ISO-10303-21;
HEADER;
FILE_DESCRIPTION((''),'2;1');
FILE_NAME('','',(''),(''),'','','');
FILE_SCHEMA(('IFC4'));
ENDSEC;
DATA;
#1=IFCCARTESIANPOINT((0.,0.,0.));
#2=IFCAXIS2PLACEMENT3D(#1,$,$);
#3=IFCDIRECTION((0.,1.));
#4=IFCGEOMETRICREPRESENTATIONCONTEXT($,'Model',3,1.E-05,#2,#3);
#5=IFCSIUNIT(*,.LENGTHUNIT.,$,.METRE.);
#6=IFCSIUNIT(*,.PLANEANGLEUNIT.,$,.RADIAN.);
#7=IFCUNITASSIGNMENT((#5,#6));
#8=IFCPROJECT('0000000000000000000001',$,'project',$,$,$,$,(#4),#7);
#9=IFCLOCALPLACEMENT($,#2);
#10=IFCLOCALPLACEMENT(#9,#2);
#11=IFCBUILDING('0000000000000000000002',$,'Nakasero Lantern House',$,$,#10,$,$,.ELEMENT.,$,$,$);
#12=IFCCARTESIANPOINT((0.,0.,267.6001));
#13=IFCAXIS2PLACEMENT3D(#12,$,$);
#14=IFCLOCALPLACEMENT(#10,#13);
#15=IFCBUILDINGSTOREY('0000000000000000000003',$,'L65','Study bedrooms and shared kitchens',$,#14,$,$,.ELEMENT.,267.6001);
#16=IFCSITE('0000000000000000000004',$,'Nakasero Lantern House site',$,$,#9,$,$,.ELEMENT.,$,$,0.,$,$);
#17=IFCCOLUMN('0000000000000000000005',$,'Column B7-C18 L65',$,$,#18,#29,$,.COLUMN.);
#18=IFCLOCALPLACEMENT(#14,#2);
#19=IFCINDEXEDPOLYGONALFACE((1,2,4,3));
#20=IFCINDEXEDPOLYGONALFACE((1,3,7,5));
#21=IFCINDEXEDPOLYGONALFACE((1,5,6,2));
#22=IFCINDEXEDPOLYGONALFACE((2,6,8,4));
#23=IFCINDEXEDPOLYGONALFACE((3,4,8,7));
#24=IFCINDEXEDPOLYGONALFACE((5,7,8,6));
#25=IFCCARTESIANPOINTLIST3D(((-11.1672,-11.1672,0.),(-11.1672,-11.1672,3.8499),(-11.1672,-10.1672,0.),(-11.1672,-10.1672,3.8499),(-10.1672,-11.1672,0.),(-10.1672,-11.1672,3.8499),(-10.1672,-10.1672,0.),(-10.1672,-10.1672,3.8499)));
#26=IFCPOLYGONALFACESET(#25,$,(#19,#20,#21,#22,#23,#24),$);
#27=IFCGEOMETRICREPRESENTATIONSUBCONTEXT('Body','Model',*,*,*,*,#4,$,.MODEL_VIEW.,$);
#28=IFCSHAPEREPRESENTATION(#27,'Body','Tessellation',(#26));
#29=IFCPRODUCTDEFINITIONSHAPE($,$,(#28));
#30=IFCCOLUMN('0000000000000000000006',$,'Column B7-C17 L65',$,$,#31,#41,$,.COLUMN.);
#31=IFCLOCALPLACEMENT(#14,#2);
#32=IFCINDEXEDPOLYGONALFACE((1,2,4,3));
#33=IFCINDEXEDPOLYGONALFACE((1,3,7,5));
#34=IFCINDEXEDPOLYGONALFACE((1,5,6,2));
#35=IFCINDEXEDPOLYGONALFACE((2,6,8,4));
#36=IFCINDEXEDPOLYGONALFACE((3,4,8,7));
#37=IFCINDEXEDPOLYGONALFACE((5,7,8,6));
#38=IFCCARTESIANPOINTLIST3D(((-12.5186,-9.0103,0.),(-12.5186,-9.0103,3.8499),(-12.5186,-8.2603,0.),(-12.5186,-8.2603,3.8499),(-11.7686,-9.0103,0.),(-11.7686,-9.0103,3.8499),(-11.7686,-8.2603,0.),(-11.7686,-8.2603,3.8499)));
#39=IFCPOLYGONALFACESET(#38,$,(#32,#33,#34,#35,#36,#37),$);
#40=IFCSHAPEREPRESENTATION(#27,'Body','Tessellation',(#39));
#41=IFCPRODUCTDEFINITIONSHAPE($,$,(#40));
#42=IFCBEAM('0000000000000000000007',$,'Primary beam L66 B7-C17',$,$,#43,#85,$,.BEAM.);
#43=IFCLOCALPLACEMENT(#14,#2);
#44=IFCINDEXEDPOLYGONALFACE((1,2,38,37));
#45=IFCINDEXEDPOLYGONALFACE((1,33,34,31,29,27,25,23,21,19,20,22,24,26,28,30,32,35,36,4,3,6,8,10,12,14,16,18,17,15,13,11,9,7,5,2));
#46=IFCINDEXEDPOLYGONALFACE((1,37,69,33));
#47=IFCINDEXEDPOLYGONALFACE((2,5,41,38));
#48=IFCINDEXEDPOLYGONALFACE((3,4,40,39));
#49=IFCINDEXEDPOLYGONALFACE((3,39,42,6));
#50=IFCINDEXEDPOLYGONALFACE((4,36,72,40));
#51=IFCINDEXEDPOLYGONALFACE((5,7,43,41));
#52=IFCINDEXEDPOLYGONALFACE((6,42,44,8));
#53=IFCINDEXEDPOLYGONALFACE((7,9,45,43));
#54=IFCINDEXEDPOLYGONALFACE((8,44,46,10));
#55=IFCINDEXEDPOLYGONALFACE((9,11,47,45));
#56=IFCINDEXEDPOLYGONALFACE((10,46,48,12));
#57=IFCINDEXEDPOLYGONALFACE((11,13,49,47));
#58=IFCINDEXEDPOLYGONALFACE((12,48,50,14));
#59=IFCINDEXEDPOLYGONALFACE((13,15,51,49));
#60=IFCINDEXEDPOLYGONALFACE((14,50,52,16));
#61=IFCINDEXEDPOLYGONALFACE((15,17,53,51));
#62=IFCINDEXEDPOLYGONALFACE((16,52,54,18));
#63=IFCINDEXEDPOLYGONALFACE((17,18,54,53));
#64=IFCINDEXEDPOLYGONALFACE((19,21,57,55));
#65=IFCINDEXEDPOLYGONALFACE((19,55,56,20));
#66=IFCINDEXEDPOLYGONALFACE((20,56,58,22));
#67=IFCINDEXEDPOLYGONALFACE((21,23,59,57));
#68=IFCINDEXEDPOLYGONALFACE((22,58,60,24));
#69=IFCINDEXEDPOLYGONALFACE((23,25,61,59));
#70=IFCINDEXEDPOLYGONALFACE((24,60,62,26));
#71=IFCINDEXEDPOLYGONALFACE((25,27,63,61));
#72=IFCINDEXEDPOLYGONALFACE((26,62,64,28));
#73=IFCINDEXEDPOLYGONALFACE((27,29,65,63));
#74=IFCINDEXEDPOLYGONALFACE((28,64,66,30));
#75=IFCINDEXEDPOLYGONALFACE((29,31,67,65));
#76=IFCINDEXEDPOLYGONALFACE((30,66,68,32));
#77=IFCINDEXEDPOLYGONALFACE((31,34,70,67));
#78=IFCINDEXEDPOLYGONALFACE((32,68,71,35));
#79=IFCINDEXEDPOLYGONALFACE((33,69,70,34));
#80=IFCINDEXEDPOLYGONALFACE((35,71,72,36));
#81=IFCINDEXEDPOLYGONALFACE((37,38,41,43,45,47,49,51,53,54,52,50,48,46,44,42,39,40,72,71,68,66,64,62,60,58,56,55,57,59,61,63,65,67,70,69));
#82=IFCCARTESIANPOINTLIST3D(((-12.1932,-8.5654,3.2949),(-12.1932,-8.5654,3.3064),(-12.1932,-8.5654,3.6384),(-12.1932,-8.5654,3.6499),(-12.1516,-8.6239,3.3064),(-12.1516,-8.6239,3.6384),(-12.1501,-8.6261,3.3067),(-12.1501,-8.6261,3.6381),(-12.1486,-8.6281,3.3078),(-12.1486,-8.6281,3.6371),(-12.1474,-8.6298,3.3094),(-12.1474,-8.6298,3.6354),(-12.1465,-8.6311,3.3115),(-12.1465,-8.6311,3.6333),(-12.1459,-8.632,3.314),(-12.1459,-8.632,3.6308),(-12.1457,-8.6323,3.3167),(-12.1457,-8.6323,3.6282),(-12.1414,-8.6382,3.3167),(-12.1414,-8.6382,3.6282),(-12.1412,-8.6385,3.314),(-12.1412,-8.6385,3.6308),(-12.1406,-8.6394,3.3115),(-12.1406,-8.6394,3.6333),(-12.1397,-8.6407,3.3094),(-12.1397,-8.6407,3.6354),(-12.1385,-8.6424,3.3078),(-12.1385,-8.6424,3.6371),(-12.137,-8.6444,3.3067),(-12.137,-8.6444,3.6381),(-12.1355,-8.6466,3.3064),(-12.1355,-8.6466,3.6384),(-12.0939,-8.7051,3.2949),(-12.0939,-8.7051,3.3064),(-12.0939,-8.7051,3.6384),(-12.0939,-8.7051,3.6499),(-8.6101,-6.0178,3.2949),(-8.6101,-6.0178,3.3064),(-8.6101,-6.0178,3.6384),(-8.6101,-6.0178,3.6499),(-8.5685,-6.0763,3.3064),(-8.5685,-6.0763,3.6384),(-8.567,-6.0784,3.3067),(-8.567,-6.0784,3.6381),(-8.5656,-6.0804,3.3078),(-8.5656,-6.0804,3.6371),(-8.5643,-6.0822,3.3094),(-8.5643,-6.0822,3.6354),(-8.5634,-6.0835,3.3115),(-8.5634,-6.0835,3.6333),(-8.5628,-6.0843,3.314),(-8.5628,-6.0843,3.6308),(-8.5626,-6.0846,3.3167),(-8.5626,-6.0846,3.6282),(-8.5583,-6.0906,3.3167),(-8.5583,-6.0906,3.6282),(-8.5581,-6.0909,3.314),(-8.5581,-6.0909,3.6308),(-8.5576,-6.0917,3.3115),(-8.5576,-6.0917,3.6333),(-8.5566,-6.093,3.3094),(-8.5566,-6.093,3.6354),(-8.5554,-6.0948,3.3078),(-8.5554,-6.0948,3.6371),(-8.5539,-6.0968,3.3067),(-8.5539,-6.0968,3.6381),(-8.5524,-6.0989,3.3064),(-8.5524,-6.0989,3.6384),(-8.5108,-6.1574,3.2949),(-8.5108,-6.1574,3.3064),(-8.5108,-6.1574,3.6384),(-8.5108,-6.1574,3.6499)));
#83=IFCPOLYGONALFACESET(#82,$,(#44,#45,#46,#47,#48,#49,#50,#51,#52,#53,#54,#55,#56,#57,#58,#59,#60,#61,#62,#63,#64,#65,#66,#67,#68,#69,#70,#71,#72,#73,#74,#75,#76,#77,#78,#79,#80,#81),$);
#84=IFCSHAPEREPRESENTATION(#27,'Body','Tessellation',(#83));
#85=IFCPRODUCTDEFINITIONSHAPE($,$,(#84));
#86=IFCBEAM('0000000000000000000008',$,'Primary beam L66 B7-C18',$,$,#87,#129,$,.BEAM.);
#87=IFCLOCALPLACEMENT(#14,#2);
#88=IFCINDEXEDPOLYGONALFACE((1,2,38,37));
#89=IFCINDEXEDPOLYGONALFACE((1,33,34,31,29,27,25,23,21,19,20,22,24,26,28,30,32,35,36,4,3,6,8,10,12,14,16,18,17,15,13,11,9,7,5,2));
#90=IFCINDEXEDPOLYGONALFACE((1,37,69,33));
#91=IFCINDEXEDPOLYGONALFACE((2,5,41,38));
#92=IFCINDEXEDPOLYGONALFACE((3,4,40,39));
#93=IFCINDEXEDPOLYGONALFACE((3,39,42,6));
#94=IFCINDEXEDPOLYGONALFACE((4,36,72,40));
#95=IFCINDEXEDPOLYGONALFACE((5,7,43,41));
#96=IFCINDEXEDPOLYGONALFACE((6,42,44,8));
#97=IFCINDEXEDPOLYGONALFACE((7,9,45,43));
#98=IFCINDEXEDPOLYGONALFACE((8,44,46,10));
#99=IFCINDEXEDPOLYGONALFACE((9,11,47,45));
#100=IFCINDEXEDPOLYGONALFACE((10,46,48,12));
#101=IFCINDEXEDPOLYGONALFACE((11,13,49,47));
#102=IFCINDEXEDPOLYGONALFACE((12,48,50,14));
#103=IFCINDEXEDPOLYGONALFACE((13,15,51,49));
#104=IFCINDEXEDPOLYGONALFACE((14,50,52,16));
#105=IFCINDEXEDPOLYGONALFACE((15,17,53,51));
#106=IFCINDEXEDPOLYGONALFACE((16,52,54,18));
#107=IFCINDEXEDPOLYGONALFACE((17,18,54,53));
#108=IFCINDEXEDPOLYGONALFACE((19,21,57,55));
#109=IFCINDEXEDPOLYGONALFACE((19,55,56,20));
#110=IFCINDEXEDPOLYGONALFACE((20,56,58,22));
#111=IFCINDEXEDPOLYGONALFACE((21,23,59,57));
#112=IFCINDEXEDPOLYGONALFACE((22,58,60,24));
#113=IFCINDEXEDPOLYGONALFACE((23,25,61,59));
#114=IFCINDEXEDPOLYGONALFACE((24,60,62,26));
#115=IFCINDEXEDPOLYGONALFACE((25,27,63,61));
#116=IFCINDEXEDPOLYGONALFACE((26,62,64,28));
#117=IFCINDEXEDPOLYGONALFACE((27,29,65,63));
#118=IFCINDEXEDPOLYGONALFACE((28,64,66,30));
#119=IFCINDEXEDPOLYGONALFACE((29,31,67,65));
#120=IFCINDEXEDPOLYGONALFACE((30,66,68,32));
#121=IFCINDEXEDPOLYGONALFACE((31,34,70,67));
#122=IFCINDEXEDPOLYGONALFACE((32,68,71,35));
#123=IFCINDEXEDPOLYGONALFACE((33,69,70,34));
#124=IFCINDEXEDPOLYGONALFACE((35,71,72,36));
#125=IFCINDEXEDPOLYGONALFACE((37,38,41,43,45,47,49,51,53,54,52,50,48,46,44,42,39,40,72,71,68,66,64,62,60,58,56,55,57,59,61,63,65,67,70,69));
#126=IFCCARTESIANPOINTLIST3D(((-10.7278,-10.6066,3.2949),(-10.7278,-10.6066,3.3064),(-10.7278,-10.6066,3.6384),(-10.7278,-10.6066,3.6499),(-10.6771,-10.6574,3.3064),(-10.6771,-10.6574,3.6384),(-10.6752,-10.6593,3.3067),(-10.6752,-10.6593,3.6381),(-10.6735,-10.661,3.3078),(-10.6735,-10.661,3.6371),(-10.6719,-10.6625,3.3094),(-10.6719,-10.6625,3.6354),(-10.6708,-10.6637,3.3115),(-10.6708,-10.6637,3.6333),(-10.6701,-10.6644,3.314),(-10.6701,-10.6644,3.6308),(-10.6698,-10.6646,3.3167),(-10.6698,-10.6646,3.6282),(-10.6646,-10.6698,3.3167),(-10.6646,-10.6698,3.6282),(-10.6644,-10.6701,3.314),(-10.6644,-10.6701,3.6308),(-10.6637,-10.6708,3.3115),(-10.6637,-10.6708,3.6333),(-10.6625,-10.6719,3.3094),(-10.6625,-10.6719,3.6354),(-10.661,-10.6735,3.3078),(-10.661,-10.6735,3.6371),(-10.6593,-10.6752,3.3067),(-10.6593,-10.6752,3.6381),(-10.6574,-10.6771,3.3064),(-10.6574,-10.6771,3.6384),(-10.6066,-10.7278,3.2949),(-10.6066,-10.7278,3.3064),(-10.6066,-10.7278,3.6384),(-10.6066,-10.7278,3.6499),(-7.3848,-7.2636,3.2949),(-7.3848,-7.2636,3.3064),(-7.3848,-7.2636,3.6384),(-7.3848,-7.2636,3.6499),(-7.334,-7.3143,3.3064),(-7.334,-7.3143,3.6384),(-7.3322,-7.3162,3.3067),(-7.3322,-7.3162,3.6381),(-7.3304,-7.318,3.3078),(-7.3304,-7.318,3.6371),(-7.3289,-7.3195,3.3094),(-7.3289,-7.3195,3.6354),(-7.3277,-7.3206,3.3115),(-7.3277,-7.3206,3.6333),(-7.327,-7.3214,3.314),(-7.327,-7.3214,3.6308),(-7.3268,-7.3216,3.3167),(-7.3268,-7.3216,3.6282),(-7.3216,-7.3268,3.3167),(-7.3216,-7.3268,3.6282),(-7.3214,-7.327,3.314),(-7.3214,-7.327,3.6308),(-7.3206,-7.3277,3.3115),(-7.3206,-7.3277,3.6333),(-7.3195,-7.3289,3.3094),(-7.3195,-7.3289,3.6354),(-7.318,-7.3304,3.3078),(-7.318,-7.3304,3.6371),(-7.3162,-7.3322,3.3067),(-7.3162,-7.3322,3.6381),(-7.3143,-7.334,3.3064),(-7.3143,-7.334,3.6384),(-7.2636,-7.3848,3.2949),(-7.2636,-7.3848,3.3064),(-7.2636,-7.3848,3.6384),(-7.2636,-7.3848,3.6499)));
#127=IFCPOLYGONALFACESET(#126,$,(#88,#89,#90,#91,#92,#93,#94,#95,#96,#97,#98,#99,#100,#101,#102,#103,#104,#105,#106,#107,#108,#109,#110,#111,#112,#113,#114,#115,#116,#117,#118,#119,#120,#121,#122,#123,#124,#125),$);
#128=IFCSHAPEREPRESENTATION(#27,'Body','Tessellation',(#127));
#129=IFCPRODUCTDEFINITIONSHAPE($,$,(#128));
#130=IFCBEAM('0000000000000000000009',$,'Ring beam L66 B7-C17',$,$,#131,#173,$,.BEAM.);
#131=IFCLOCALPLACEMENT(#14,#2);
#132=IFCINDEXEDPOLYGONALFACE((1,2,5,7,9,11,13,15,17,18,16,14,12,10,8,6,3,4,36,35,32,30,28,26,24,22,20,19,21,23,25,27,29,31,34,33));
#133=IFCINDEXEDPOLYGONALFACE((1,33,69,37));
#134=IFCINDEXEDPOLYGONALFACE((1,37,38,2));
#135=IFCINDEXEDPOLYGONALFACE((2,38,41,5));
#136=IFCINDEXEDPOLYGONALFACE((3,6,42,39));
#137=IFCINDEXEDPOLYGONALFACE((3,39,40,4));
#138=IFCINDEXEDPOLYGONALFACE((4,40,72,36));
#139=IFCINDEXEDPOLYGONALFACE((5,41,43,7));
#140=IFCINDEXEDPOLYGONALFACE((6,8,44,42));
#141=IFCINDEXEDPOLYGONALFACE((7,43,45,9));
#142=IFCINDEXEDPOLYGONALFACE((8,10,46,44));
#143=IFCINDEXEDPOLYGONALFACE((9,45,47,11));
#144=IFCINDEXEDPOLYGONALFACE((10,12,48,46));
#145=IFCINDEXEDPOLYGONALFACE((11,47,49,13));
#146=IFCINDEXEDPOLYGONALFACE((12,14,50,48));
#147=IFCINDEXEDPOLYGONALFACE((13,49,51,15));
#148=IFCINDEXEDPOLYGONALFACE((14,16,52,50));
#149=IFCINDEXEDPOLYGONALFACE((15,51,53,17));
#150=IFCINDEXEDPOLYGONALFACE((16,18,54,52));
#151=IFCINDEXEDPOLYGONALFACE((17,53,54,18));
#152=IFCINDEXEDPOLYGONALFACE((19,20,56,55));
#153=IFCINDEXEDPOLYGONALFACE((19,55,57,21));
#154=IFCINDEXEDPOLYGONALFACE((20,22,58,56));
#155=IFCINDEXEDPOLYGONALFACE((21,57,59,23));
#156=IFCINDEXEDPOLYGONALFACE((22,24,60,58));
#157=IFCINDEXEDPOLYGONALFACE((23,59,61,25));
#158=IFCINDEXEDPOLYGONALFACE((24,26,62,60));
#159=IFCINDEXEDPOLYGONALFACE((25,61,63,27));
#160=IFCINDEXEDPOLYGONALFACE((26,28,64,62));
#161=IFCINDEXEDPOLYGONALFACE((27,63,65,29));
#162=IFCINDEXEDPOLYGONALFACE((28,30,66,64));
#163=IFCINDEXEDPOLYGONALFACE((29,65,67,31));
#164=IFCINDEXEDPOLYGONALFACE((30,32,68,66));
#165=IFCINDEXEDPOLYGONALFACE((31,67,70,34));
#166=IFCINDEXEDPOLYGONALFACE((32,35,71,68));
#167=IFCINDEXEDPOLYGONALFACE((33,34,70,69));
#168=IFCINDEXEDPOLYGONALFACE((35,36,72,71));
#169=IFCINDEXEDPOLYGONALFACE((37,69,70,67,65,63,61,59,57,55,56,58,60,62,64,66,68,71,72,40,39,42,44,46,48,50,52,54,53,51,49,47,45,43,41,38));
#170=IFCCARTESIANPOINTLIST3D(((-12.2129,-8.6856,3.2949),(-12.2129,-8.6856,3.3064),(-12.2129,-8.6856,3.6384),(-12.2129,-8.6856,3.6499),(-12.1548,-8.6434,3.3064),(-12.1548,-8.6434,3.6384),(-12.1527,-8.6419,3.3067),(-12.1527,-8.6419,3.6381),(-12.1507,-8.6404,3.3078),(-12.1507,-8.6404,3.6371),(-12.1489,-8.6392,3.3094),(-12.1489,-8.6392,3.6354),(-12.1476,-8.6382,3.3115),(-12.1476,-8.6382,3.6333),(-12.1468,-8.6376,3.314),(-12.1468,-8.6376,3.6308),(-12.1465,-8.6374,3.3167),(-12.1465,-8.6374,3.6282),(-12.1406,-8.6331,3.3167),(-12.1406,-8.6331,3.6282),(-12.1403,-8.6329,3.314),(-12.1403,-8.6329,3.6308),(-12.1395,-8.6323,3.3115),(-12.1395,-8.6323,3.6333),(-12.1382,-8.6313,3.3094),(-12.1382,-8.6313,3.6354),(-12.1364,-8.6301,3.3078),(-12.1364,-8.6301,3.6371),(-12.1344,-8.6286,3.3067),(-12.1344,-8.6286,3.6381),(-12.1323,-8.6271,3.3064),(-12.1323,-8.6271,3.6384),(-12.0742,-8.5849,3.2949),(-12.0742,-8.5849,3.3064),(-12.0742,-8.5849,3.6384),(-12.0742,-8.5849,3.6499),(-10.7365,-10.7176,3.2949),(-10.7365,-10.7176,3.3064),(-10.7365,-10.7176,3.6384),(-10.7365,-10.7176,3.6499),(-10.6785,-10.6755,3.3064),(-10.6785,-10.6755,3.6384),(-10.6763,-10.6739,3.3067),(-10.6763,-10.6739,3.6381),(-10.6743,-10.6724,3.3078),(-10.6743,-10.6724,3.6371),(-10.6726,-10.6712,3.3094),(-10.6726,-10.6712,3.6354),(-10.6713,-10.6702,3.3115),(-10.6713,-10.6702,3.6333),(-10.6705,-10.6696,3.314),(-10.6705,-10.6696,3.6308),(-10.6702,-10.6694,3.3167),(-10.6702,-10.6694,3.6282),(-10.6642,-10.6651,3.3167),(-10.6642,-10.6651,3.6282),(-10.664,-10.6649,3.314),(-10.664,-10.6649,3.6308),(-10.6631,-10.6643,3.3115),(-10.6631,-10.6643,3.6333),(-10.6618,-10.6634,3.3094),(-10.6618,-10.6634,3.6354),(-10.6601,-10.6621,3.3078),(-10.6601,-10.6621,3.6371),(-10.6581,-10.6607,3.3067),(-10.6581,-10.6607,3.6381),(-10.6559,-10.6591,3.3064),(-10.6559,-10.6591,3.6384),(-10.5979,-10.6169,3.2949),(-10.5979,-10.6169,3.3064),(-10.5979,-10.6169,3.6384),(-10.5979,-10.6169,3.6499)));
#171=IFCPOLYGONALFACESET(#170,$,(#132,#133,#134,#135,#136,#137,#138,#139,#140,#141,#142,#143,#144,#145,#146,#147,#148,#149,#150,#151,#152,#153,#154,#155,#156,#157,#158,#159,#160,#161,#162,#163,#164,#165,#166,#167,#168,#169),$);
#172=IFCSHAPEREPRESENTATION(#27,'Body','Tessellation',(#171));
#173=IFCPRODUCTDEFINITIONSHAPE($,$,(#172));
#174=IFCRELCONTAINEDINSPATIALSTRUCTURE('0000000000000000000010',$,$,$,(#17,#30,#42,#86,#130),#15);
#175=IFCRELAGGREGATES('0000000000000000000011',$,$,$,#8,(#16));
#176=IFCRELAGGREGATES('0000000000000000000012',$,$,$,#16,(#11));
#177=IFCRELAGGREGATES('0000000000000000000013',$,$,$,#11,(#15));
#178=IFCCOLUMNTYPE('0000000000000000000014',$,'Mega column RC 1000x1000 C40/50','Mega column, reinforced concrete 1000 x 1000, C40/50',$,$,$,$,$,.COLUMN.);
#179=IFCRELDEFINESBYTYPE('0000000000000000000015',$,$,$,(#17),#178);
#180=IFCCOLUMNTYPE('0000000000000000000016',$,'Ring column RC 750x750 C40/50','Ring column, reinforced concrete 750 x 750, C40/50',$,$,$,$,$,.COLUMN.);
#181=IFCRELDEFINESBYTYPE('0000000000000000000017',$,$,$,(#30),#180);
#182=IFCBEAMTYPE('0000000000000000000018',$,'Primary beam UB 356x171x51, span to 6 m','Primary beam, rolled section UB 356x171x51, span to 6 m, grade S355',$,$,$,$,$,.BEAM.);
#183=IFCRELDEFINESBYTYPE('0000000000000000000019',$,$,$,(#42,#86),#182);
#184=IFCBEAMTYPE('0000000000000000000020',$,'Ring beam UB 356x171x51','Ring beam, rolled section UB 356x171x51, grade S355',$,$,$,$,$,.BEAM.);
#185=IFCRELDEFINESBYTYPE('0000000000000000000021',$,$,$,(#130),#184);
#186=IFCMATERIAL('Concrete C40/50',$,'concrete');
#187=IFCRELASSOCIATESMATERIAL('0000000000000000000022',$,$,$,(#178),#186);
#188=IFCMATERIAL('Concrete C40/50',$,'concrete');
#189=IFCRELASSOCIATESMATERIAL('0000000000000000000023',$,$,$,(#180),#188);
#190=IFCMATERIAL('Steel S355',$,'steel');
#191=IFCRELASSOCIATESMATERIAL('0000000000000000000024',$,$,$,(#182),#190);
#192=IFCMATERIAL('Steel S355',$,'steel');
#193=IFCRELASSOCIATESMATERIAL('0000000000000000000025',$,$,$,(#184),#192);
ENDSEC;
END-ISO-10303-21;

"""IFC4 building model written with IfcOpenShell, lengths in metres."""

from ifc_helpers import new_model, si_unit, direction, frame, origin, origin_2d, place, context, subcontext, project, spatial, rectangle, i_section, extrude, material, material_profile, profile_set, type_object, element, save


model = new_model("IFC4")

# Units and contexts
model_context = context("Model", 3, precision=1e-05, world=origin(), true_north=direction((0.0, 1.0)))
body_context = subcontext(model_context, "Body", "Model", "MODEL_VIEW")
ifc_project = project(units=[si_unit("LENGTHUNIT", "METRE"), si_unit("PLANEANGLEUNIT", "RADIAN")], contexts=[model_context])

# Site, building, storey
site_placement = place(None, origin())
site = spatial("IfcSite", under=ifc_project, at=site_placement, Name="Nakasero Lantern House site", CompositionType="ELEMENT", RefElevation=0.0)
building_placement = place(site_placement, origin())
building = spatial("IfcBuilding", under=site, at=building_placement, Name="Nakasero Lantern House", CompositionType="ELEMENT")
storey_placement = place(building_placement, frame((0.0, 0.0, 267.6001)))
storey = spatial("IfcBuildingStorey", under=building, at=storey_placement, Name="L65", Description="Study bedrooms and shared kitchens", CompositionType="ELEMENT", Elevation=267.6001)

# Columns
ifc_material_1 = material(Name="Concrete C40/50", Category="concrete")
ifc_material_profile_1 = material_profile(ifc_material_1, rectangle(XDim=1.0, YDim=1.0, at=origin_2d()), Name="RC 1000x1000")
ifc_profile_set_1 = profile_set([ifc_material_profile_1], Name="Concrete C40/50")
column_type_1 = type_object("IfcColumnType", Name="Mega column RC 1000x1000 C40/50", Description="Mega column, reinforced concrete 1000 x 1000, C40/50", PredefinedType="COLUMN", material=ifc_profile_set_1)
column_1_placement = place(storey_placement, frame((-10.6672, -10.6672, 0.0), z_axis=(0.0, 0.0, 1.0), x_axis=(1.0, 0.0, 0.0)))
element("IfcColumn", 1, at=column_1_placement, inside=storey, type_object=column_type_1, Name="Column B7-C18 L65", PredefinedType="COLUMN", context=body_context, shape_type="SweptSolid", body=[
    extrude(rectangle(XDim=1.0, YDim=1.0, at=origin_2d()), origin(), (0.0, 0.0, 1.0), 3.8499),
])
ifc_material_2 = material(Name="Concrete C40/50", Category="concrete")
ifc_material_profile_2 = material_profile(ifc_material_2, rectangle(XDim=0.75, YDim=0.75, at=origin_2d()), Name="RC 750x750")
ifc_profile_set_2 = profile_set([ifc_material_profile_2], Name="Concrete C40/50")
column_type_2 = type_object("IfcColumnType", Name="Ring column RC 750x750 C40/50", Description="Ring column, reinforced concrete 750 x 750, C40/50", PredefinedType="COLUMN", material=ifc_profile_set_2)
column_2_placement = place(storey_placement, frame((-12.1436, -8.6353, 0.0), z_axis=(0.0, 0.0, 1.0), x_axis=(1.0, 0.0, 0.0)))
element("IfcColumn", 2, at=column_2_placement, inside=storey, type_object=column_type_2, Name="Column B7-C17 L65", PredefinedType="COLUMN", context=body_context, shape_type="SweptSolid", body=[
    extrude(rectangle(XDim=0.75, YDim=0.75, at=origin_2d()), origin(), (0.0, 0.0, 1.0), 3.8499),
])

# Beams
ifc_material_3 = material(Name="Steel S355", Category="steel")
ifc_material_profile_3 = material_profile(ifc_material_3, i_section(OverallWidth=0.1714, OverallDepth=0.355, WebThickness=0.0073, FlangeThickness=0.0115, FilletRadius=0.0103, at=origin_2d()), Name="UB 356x171x51")
ifc_profile_set_3 = profile_set([ifc_material_profile_3], Name="Steel S355")
beam_type_1 = type_object("IfcBeamType", Name="Primary beam UB 356x171x51, span to 6 m", Description="Primary beam, rolled section UB 356x171x51, span to 6 m, grade S355", PredefinedType="BEAM", material=ifc_profile_set_3)
beam_1_placement = place(storey_placement, frame((-12.1436, -8.6353, 3.4724), z_axis=(0.814989, 0.579477, 0.0), x_axis=(-0.579477, 0.814989, 0.0)))
element("IfcBeam", 3, at=beam_1_placement, inside=storey, type_object=beam_type_1, Name="Primary beam L66 B7-C17", PredefinedType="BEAM", context=body_context, shape_type="SweptSolid", body=[
    extrude(i_section(OverallWidth=0.1714, OverallDepth=0.355, WebThickness=0.0073, FlangeThickness=0.0115, FilletRadius=0.0103, at=origin_2d()), origin(), (0.0, 0.0, 1.0), 4.3965),
])
beam_2_placement = place(storey_placement, frame((-10.6672, -10.6672, 3.4724), z_axis=(0.707107, 0.707107, 0.0), x_axis=(-0.707107, 0.707107, 0.0)))
element("IfcBeam", 4, at=beam_2_placement, inside=storey, type_object=beam_type_1, Name="Primary beam L66 B7-C18", PredefinedType="BEAM", context=body_context, shape_type="SweptSolid", body=[
    extrude(i_section(OverallWidth=0.1714, OverallDepth=0.355, WebThickness=0.0073, FlangeThickness=0.0115, FilletRadius=0.0103, at=origin_2d()), origin(), (0.0, 0.0, 1.0), 4.7278),
])
ifc_material_4 = material(Name="Steel S355", Category="steel")
ifc_material_profile_4 = material_profile(ifc_material_4, i_section(OverallWidth=0.1714, OverallDepth=0.355, WebThickness=0.0073, FlangeThickness=0.0115, FilletRadius=0.0103, at=origin_2d()), Name="UB 356x171x51")
ifc_profile_set_4 = profile_set([ifc_material_profile_4], Name="Steel S355")
beam_type_2 = type_object("IfcBeamType", Name="Ring beam UB 356x171x51", Description="Ring beam, rolled section UB 356x171x51, grade S355", PredefinedType="BEAM", material=ifc_profile_set_4)
beam_3_placement = place(storey_placement, frame((-12.1436, -8.6353, 3.4724), z_axis=(0.587784, -0.809018, 0.0), x_axis=(0.809018, 0.587784, 0.0)))
element("IfcBeam", 5, at=beam_3_placement, inside=storey, type_object=beam_type_2, Name="Ring beam L66 B7-C17", PredefinedType="BEAM", context=body_context, shape_type="SweptSolid", body=[
    extrude(i_section(OverallWidth=0.1714, OverallDepth=0.355, WebThickness=0.0073, FlangeThickness=0.0115, FilletRadius=0.0103, at=origin_2d()), origin(), (0.0, 0.0, 1.0), 2.5117),
])

save(model, "model.ifc")
